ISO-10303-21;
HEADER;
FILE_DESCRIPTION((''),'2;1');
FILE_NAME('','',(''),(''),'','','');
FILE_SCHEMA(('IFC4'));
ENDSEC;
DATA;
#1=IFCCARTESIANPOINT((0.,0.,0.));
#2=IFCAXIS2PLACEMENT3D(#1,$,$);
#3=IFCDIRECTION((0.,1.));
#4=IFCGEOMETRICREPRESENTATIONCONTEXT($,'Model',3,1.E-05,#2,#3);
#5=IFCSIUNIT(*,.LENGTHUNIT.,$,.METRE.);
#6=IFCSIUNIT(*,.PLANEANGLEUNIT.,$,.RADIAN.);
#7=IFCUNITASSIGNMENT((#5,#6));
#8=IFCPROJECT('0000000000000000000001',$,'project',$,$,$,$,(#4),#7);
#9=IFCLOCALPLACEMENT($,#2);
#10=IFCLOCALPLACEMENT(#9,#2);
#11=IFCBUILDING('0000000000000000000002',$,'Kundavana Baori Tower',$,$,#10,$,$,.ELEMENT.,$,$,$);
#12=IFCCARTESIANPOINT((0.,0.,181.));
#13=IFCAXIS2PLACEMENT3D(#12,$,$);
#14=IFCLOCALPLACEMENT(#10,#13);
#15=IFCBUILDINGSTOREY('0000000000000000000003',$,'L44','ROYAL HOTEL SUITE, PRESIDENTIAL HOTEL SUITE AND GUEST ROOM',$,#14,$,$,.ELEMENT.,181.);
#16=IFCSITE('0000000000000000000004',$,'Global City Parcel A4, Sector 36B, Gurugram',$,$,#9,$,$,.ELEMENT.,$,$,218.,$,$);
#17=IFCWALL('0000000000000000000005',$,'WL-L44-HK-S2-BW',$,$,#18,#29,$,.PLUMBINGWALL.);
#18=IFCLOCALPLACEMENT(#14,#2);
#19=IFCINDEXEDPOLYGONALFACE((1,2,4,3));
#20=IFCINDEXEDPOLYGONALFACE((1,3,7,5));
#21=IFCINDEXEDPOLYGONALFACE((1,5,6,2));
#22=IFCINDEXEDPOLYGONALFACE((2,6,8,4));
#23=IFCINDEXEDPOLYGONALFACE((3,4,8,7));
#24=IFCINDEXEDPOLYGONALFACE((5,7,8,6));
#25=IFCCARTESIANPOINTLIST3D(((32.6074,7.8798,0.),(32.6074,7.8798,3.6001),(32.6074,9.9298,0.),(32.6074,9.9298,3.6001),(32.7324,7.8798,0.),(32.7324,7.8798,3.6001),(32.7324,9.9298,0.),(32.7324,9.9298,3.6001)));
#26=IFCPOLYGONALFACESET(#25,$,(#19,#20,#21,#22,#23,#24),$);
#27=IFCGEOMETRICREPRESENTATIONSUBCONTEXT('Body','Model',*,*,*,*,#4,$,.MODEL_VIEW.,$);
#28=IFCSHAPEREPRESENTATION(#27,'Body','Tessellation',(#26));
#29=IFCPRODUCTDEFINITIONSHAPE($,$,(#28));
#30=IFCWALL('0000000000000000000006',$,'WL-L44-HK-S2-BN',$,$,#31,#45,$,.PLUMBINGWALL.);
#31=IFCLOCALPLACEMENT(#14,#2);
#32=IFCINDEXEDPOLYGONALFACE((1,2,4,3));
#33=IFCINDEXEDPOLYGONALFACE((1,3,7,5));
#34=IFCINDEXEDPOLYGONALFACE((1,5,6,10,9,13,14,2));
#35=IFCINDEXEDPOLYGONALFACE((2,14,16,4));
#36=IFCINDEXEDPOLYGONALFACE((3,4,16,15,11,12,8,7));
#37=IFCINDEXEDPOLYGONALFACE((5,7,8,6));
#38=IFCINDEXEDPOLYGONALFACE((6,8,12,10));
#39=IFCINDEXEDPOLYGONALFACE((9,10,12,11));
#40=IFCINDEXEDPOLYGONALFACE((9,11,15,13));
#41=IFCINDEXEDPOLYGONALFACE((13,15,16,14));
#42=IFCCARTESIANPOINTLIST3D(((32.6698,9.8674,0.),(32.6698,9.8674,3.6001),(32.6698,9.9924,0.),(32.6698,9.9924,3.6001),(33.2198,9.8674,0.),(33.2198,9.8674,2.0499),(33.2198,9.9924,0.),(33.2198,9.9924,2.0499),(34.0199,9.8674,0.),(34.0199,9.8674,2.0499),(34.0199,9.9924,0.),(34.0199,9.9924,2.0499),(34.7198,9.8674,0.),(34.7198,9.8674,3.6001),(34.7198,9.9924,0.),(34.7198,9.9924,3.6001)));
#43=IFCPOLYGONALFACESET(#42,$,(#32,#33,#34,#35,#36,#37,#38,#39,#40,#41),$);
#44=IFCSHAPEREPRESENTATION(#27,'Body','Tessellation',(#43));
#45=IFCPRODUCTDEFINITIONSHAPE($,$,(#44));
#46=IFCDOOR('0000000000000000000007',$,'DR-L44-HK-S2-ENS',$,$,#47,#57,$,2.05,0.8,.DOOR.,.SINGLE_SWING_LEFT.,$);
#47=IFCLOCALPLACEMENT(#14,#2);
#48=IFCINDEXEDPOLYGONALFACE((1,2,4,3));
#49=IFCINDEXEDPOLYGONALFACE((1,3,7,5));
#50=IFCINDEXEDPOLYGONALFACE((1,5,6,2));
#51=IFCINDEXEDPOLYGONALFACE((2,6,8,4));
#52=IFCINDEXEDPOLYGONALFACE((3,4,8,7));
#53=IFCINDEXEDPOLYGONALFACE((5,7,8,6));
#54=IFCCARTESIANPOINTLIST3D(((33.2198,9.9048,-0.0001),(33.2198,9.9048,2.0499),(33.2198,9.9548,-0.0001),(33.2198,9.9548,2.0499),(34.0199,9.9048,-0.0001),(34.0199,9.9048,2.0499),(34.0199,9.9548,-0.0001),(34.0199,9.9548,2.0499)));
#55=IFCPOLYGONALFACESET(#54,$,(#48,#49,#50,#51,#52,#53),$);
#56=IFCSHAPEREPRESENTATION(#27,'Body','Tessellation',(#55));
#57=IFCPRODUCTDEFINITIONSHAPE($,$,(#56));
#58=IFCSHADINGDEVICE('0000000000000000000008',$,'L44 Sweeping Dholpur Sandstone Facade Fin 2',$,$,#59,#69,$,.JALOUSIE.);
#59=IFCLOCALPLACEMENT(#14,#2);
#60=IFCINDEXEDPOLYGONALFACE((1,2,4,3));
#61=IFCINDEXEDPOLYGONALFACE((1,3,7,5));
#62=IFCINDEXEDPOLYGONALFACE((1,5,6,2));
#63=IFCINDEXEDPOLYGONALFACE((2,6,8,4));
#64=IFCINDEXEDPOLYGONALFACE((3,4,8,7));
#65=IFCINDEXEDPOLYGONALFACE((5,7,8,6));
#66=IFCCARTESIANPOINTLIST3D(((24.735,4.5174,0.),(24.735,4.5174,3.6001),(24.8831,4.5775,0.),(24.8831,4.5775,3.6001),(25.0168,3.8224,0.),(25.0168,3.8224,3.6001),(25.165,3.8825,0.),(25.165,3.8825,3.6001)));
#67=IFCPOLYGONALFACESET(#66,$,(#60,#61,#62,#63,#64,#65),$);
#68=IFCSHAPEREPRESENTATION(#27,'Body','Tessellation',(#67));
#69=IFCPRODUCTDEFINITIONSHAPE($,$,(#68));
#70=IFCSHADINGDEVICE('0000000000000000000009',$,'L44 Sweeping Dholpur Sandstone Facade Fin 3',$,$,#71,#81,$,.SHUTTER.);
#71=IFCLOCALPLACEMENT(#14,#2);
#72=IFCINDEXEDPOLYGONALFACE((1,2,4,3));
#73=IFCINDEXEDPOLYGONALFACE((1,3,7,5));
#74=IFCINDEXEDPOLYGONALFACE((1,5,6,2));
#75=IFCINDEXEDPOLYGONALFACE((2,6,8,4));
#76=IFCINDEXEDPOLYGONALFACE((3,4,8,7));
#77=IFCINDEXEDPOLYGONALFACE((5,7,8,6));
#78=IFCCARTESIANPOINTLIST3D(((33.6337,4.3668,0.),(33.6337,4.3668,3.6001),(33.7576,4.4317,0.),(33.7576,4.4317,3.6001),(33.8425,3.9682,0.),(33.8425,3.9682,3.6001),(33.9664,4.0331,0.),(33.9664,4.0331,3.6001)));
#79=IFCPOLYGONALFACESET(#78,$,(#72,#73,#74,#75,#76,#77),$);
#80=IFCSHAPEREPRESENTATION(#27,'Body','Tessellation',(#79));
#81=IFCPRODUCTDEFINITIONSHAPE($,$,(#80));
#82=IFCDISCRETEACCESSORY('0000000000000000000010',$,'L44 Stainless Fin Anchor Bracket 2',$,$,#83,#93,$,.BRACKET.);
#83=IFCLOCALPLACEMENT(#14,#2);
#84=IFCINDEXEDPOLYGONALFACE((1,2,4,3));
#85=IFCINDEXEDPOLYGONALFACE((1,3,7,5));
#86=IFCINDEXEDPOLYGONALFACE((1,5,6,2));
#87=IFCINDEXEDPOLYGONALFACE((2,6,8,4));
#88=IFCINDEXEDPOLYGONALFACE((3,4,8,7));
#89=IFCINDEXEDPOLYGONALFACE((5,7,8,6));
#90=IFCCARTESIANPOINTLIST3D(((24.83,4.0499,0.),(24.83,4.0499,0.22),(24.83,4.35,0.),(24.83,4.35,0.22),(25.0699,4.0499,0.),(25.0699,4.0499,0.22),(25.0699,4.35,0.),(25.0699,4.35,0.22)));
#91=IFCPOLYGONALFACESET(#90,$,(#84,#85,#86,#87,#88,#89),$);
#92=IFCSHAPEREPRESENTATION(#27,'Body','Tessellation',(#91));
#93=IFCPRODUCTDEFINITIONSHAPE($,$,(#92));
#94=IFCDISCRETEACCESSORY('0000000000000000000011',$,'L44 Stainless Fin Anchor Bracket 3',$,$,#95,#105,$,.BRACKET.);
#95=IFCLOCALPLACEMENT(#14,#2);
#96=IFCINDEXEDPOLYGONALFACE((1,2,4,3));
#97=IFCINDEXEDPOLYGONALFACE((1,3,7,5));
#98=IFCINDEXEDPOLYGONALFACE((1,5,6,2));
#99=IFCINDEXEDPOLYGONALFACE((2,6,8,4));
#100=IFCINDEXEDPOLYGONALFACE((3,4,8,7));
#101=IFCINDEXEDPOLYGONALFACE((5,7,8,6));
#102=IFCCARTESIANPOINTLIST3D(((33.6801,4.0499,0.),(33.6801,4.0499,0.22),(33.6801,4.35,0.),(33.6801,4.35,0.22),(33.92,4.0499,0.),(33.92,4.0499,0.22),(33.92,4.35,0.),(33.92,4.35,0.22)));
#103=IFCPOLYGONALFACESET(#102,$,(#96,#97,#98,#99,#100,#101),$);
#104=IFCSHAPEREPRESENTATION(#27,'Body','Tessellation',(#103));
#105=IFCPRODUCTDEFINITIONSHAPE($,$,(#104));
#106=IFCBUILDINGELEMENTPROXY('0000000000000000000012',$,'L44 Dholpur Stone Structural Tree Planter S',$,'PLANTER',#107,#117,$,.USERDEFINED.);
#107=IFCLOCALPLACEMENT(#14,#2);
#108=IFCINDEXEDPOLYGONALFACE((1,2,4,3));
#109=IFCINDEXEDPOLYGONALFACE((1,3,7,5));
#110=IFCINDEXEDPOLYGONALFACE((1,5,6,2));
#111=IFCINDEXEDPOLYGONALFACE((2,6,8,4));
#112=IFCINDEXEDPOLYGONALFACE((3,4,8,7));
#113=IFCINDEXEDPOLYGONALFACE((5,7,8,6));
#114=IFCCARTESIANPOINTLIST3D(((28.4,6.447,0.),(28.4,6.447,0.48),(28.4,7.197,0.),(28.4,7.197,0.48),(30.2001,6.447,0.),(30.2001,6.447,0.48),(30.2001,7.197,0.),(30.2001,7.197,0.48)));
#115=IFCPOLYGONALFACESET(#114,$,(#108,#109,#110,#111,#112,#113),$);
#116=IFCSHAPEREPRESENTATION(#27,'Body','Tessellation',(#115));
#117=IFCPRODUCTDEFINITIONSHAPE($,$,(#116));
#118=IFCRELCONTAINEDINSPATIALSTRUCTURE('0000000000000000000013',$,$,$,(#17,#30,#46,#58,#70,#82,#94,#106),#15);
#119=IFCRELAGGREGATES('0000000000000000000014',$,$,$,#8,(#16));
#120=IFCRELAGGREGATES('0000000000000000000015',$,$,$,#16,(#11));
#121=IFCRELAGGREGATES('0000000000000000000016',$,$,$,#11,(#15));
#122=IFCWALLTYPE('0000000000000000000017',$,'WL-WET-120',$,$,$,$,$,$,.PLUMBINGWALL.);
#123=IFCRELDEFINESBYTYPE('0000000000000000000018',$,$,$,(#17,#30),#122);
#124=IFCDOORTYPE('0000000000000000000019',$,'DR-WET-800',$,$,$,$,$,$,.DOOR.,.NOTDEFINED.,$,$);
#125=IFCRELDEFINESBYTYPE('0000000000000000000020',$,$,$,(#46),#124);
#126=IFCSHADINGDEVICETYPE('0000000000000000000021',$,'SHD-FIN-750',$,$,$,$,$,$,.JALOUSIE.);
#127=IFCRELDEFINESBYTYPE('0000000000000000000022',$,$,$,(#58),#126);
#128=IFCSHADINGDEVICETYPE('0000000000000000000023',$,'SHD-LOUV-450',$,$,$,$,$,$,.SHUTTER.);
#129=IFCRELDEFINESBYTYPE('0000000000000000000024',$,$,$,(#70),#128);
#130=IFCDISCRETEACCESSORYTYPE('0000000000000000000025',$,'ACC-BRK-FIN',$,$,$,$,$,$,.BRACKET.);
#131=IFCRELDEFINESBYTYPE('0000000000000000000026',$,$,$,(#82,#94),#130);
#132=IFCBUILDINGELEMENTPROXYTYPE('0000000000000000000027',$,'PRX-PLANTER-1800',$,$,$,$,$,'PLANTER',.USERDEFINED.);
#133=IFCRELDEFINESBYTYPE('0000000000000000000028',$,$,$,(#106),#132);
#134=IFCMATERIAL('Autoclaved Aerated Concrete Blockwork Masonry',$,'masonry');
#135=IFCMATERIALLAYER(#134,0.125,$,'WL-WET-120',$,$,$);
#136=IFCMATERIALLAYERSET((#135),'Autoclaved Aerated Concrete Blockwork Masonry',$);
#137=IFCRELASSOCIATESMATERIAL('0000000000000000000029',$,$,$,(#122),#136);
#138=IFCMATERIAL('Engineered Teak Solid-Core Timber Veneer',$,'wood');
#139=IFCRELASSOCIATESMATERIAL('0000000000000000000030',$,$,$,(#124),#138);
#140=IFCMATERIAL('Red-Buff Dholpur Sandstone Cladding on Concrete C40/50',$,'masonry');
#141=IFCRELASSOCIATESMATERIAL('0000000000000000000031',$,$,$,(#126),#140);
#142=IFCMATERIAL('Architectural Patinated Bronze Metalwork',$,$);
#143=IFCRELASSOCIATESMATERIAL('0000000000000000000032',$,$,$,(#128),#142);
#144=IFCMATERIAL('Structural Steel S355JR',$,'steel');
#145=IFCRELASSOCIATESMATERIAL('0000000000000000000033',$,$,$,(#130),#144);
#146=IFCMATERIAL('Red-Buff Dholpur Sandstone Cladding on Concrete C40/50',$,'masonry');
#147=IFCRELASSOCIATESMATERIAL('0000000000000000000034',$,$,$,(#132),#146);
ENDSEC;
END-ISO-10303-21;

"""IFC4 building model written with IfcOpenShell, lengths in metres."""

from ifc_helpers import new_model, si_unit, direction, frame, frame_2d, origin, origin_2d, place, context, subcontext, project, spatial, rectangle, extrude, material, layer, layer_set, type_object, element, fill, save


model = new_model("IFC4")

# Units and contexts
model_context = context("Model", 3, precision=1e-05, world=origin(), true_north=direction((0.0, 1.0)))
body_context = subcontext(model_context, "Body", "Model", "MODEL_VIEW")
ifc_project = project(units=[si_unit("LENGTHUNIT", "METRE"), si_unit("PLANEANGLEUNIT", "RADIAN")], contexts=[model_context])

# Site, building, storey
site_placement = place(None, origin())
site = spatial("IfcSite", under=ifc_project, at=site_placement, Name="Global City Parcel A4, Sector 36B, Gurugram", CompositionType="ELEMENT", RefElevation=218.0)
building_placement = place(site_placement, origin())
building = spatial("IfcBuilding", under=site, at=building_placement, Name="Kundavana Baori Tower", CompositionType="ELEMENT")
storey_placement = place(building_placement, frame((0.0, 0.0, 181.0)))
storey = spatial("IfcBuildingStorey", under=building, at=storey_placement, Name="L44", Description="ROYAL HOTEL SUITE, PRESIDENTIAL HOTEL SUITE AND GUEST ROOM", CompositionType="ELEMENT", Elevation=181.0)

# Shared definitions
ifc_material_1 = material(Name="Autoclaved Aerated Concrete Blockwork Masonry", Category="masonry")
ifc_layer_1 = layer(ifc_material_1, 0.125, Name="WL-WET-120")
ifc_layer_set_1 = layer_set([ifc_layer_1], Name="Autoclaved Aerated Concrete Blockwork Masonry")
wall_type_1 = type_object("IfcWallType", Name="WL-WET-120", PredefinedType="PLUMBINGWALL", material=ifc_layer_set_1)

# Shared definitions
ifc_material_2 = material(Name="Engineered Teak Solid-Core Timber Veneer", Category="wood")
door_type = type_object("IfcDoorType", Name="DR-WET-800", OperationType="NOTDEFINED", PredefinedType="DOOR", material=ifc_material_2)

# Wall
wall_1_placement = place(storey_placement, frame((32.6699, 7.8799, 0.0), z_axis=(0.0, 0.0, 1.0), x_axis=(0.0, 1.0, 0.0)))
element("IfcWall", 1, at=wall_1_placement, inside=storey, type_object=wall_type_1, Name="WL-L44-HK-S2-BW", PredefinedType="PLUMBINGWALL", context=body_context, shape_type="SweptSolid", body=[
    extrude(rectangle(XDim=2.05, YDim=0.125, at=frame_2d((1.0249, 0.0))), origin(), (0.0, 0.0, 1.0), 3.6001),
])

# Wall, opening, door
wall_2_placement = place(storey_placement, frame((32.6699, 9.9299, 0.0), z_axis=(0.0, 0.0, 1.0), x_axis=(1.0, 0.0, 0.0)))
wall_2 = element("IfcWall", 2, at=wall_2_placement, inside=storey, type_object=wall_type_1, Name="WL-L44-HK-S2-BN", PredefinedType="PLUMBINGWALL", context=body_context, shape_type="SweptSolid", body=[
    extrude(rectangle(XDim=2.05, YDim=0.125, at=frame_2d((1.0249, 0.0))), origin(), (0.0, 0.0, 1.0), 3.6001),
])
opening_1_placement = place(wall_2_placement, frame((0.55, 0.0, 0.0)))
opening_1 = element("IfcOpeningElement", 3, at=opening_1_placement, cuts=wall_2, PredefinedType="OPENING", context=body_context, shape_type="SweptSolid", body=[
    extrude(rectangle(XDim=0.8, YDim=2.05, at=frame_2d((0.3999, 1.0249))), frame((0.0, 0.0725, 0.0), z_axis=(0.0, -1.0, 0.0), x_axis=(1.0, 0.0, 0.0)), (0.0, 0.0, 1.0), 0.145),
])
door_1_placement = place(opening_1_placement, origin())
door_1 = element("IfcDoor", 4, at=door_1_placement, inside=storey, type_object=door_type, Name="DR-L44-HK-S2-ENS", OperationType="SINGLE_SWING_LEFT", OverallHeight=2.05, OverallWidth=0.8, PredefinedType="DOOR", context=body_context, shape_type="SweptSolid", body=[
    extrude(rectangle(XDim=0.8, YDim=2.05, at=frame_2d((0.3999, 1.0249))), frame((0.0, 0.0249, 0.0), z_axis=(0.0, -1.0, 0.0), x_axis=(1.0, 0.0, 0.0)), (0.0, 0.0, 1.0), 0.05),
])
fill(opening_1, door_1)

# Shading devices
ifc_material_3 = material(Name="Red-Buff Dholpur Sandstone Cladding on Concrete C40/50", Category="masonry")
shading_device_type_1 = type_object("IfcShadingDeviceType", Name="SHD-FIN-750", PredefinedType="JALOUSIE", material=ifc_material_3)
shading_device_1_placement = place(storey_placement, frame((24.95, 4.2, 0.0), z_axis=(0.0, 0.0, 1.0), x_axis=(0.926725, 0.375739, 0.0)))
element("IfcShadingDevice", 5, at=shading_device_1_placement, inside=storey, type_object=shading_device_type_1, Name="L44 Sweeping Dholpur Sandstone Facade Fin 2", PredefinedType="JALOUSIE", context=body_context, shape_type="SweptSolid", body=[
    extrude(rectangle(XDim=0.1599, YDim=0.75, at=origin_2d()), origin(), (0.0, 0.0, 1.0), 3.6001),
])
ifc_material_4 = material(Name="Architectural Patinated Bronze Metalwork")
shading_device_type_2 = type_object("IfcShadingDeviceType", Name="SHD-LOUV-450", PredefinedType="SHUTTER", material=ifc_material_4)
shading_device_2_placement = place(storey_placement, frame((33.8, 4.2, 0.0), z_axis=(0.0, 0.0, 1.0), x_axis=(0.885799, 0.464069, 0.0)))
element("IfcShadingDevice", 6, at=shading_device_2_placement, inside=storey, type_object=shading_device_type_2, Name="L44 Sweeping Dholpur Sandstone Facade Fin 3", PredefinedType="SHUTTER", context=body_context, shape_type="SweptSolid", body=[
    extrude(rectangle(XDim=0.1399, YDim=0.45, at=origin_2d()), origin(), (0.0, 0.0, 1.0), 3.6001),
])

# Discrete accessories
ifc_material_5 = material(Name="Structural Steel S355JR", Category="steel")
discrete_accessory_type = type_object("IfcDiscreteAccessoryType", Name="ACC-BRK-FIN", PredefinedType="BRACKET", material=ifc_material_5)
for number, where, z_axis, x_axis, name in (
    (7, (24.95, 4.2, 0.0), (0.0, 0.0, 1.0), (1.0, 0.0, 0.0), "L44 Stainless Fin Anchor Bracket 2"),
    (8, (33.8, 4.2, 0.0), (0.0, 0.0, 1.0), (1.0, 0.0, 0.0), "L44 Stainless Fin Anchor Bracket 3"),
):
    element("IfcDiscreteAccessory", number, at=place(storey_placement, frame(where, z_axis=z_axis, x_axis=x_axis)), inside=storey, type_object=discrete_accessory_type, Name=name, PredefinedType="BRACKET", context=body_context, shape_type="SweptSolid", body=[
        extrude(rectangle(XDim=0.24, YDim=0.3, at=origin_2d()), origin(), (0.0, 0.0, 1.0), 0.22),
    ])

# Building element proxy
ifc_material_6 = material(Name="Red-Buff Dholpur Sandstone Cladding on Concrete C40/50", Category="masonry")
building_element_proxy_type = type_object("IfcBuildingElementProxyType", Name="PRX-PLANTER-1800", ElementType="PLANTER", PredefinedType="USERDEFINED", material=ifc_material_6)
proxy_placement = place(storey_placement, frame((29.3, 6.822, 0.0), z_axis=(0.0, 0.0, 1.0), x_axis=(1.0, 0.0, 0.0)))
element("IfcBuildingElementProxy", 9, at=proxy_placement, inside=storey, type_object=building_element_proxy_type, Name="L44 Dholpur Stone Structural Tree Planter S", ObjectType="PLANTER", PredefinedType="USERDEFINED", context=body_context, shape_type="SweptSolid", body=[
    extrude(rectangle(XDim=1.8, YDim=0.75, at=origin_2d()), origin(), (0.0, 0.0, 1.0), 0.48),
])

save(model, "model.ifc")
